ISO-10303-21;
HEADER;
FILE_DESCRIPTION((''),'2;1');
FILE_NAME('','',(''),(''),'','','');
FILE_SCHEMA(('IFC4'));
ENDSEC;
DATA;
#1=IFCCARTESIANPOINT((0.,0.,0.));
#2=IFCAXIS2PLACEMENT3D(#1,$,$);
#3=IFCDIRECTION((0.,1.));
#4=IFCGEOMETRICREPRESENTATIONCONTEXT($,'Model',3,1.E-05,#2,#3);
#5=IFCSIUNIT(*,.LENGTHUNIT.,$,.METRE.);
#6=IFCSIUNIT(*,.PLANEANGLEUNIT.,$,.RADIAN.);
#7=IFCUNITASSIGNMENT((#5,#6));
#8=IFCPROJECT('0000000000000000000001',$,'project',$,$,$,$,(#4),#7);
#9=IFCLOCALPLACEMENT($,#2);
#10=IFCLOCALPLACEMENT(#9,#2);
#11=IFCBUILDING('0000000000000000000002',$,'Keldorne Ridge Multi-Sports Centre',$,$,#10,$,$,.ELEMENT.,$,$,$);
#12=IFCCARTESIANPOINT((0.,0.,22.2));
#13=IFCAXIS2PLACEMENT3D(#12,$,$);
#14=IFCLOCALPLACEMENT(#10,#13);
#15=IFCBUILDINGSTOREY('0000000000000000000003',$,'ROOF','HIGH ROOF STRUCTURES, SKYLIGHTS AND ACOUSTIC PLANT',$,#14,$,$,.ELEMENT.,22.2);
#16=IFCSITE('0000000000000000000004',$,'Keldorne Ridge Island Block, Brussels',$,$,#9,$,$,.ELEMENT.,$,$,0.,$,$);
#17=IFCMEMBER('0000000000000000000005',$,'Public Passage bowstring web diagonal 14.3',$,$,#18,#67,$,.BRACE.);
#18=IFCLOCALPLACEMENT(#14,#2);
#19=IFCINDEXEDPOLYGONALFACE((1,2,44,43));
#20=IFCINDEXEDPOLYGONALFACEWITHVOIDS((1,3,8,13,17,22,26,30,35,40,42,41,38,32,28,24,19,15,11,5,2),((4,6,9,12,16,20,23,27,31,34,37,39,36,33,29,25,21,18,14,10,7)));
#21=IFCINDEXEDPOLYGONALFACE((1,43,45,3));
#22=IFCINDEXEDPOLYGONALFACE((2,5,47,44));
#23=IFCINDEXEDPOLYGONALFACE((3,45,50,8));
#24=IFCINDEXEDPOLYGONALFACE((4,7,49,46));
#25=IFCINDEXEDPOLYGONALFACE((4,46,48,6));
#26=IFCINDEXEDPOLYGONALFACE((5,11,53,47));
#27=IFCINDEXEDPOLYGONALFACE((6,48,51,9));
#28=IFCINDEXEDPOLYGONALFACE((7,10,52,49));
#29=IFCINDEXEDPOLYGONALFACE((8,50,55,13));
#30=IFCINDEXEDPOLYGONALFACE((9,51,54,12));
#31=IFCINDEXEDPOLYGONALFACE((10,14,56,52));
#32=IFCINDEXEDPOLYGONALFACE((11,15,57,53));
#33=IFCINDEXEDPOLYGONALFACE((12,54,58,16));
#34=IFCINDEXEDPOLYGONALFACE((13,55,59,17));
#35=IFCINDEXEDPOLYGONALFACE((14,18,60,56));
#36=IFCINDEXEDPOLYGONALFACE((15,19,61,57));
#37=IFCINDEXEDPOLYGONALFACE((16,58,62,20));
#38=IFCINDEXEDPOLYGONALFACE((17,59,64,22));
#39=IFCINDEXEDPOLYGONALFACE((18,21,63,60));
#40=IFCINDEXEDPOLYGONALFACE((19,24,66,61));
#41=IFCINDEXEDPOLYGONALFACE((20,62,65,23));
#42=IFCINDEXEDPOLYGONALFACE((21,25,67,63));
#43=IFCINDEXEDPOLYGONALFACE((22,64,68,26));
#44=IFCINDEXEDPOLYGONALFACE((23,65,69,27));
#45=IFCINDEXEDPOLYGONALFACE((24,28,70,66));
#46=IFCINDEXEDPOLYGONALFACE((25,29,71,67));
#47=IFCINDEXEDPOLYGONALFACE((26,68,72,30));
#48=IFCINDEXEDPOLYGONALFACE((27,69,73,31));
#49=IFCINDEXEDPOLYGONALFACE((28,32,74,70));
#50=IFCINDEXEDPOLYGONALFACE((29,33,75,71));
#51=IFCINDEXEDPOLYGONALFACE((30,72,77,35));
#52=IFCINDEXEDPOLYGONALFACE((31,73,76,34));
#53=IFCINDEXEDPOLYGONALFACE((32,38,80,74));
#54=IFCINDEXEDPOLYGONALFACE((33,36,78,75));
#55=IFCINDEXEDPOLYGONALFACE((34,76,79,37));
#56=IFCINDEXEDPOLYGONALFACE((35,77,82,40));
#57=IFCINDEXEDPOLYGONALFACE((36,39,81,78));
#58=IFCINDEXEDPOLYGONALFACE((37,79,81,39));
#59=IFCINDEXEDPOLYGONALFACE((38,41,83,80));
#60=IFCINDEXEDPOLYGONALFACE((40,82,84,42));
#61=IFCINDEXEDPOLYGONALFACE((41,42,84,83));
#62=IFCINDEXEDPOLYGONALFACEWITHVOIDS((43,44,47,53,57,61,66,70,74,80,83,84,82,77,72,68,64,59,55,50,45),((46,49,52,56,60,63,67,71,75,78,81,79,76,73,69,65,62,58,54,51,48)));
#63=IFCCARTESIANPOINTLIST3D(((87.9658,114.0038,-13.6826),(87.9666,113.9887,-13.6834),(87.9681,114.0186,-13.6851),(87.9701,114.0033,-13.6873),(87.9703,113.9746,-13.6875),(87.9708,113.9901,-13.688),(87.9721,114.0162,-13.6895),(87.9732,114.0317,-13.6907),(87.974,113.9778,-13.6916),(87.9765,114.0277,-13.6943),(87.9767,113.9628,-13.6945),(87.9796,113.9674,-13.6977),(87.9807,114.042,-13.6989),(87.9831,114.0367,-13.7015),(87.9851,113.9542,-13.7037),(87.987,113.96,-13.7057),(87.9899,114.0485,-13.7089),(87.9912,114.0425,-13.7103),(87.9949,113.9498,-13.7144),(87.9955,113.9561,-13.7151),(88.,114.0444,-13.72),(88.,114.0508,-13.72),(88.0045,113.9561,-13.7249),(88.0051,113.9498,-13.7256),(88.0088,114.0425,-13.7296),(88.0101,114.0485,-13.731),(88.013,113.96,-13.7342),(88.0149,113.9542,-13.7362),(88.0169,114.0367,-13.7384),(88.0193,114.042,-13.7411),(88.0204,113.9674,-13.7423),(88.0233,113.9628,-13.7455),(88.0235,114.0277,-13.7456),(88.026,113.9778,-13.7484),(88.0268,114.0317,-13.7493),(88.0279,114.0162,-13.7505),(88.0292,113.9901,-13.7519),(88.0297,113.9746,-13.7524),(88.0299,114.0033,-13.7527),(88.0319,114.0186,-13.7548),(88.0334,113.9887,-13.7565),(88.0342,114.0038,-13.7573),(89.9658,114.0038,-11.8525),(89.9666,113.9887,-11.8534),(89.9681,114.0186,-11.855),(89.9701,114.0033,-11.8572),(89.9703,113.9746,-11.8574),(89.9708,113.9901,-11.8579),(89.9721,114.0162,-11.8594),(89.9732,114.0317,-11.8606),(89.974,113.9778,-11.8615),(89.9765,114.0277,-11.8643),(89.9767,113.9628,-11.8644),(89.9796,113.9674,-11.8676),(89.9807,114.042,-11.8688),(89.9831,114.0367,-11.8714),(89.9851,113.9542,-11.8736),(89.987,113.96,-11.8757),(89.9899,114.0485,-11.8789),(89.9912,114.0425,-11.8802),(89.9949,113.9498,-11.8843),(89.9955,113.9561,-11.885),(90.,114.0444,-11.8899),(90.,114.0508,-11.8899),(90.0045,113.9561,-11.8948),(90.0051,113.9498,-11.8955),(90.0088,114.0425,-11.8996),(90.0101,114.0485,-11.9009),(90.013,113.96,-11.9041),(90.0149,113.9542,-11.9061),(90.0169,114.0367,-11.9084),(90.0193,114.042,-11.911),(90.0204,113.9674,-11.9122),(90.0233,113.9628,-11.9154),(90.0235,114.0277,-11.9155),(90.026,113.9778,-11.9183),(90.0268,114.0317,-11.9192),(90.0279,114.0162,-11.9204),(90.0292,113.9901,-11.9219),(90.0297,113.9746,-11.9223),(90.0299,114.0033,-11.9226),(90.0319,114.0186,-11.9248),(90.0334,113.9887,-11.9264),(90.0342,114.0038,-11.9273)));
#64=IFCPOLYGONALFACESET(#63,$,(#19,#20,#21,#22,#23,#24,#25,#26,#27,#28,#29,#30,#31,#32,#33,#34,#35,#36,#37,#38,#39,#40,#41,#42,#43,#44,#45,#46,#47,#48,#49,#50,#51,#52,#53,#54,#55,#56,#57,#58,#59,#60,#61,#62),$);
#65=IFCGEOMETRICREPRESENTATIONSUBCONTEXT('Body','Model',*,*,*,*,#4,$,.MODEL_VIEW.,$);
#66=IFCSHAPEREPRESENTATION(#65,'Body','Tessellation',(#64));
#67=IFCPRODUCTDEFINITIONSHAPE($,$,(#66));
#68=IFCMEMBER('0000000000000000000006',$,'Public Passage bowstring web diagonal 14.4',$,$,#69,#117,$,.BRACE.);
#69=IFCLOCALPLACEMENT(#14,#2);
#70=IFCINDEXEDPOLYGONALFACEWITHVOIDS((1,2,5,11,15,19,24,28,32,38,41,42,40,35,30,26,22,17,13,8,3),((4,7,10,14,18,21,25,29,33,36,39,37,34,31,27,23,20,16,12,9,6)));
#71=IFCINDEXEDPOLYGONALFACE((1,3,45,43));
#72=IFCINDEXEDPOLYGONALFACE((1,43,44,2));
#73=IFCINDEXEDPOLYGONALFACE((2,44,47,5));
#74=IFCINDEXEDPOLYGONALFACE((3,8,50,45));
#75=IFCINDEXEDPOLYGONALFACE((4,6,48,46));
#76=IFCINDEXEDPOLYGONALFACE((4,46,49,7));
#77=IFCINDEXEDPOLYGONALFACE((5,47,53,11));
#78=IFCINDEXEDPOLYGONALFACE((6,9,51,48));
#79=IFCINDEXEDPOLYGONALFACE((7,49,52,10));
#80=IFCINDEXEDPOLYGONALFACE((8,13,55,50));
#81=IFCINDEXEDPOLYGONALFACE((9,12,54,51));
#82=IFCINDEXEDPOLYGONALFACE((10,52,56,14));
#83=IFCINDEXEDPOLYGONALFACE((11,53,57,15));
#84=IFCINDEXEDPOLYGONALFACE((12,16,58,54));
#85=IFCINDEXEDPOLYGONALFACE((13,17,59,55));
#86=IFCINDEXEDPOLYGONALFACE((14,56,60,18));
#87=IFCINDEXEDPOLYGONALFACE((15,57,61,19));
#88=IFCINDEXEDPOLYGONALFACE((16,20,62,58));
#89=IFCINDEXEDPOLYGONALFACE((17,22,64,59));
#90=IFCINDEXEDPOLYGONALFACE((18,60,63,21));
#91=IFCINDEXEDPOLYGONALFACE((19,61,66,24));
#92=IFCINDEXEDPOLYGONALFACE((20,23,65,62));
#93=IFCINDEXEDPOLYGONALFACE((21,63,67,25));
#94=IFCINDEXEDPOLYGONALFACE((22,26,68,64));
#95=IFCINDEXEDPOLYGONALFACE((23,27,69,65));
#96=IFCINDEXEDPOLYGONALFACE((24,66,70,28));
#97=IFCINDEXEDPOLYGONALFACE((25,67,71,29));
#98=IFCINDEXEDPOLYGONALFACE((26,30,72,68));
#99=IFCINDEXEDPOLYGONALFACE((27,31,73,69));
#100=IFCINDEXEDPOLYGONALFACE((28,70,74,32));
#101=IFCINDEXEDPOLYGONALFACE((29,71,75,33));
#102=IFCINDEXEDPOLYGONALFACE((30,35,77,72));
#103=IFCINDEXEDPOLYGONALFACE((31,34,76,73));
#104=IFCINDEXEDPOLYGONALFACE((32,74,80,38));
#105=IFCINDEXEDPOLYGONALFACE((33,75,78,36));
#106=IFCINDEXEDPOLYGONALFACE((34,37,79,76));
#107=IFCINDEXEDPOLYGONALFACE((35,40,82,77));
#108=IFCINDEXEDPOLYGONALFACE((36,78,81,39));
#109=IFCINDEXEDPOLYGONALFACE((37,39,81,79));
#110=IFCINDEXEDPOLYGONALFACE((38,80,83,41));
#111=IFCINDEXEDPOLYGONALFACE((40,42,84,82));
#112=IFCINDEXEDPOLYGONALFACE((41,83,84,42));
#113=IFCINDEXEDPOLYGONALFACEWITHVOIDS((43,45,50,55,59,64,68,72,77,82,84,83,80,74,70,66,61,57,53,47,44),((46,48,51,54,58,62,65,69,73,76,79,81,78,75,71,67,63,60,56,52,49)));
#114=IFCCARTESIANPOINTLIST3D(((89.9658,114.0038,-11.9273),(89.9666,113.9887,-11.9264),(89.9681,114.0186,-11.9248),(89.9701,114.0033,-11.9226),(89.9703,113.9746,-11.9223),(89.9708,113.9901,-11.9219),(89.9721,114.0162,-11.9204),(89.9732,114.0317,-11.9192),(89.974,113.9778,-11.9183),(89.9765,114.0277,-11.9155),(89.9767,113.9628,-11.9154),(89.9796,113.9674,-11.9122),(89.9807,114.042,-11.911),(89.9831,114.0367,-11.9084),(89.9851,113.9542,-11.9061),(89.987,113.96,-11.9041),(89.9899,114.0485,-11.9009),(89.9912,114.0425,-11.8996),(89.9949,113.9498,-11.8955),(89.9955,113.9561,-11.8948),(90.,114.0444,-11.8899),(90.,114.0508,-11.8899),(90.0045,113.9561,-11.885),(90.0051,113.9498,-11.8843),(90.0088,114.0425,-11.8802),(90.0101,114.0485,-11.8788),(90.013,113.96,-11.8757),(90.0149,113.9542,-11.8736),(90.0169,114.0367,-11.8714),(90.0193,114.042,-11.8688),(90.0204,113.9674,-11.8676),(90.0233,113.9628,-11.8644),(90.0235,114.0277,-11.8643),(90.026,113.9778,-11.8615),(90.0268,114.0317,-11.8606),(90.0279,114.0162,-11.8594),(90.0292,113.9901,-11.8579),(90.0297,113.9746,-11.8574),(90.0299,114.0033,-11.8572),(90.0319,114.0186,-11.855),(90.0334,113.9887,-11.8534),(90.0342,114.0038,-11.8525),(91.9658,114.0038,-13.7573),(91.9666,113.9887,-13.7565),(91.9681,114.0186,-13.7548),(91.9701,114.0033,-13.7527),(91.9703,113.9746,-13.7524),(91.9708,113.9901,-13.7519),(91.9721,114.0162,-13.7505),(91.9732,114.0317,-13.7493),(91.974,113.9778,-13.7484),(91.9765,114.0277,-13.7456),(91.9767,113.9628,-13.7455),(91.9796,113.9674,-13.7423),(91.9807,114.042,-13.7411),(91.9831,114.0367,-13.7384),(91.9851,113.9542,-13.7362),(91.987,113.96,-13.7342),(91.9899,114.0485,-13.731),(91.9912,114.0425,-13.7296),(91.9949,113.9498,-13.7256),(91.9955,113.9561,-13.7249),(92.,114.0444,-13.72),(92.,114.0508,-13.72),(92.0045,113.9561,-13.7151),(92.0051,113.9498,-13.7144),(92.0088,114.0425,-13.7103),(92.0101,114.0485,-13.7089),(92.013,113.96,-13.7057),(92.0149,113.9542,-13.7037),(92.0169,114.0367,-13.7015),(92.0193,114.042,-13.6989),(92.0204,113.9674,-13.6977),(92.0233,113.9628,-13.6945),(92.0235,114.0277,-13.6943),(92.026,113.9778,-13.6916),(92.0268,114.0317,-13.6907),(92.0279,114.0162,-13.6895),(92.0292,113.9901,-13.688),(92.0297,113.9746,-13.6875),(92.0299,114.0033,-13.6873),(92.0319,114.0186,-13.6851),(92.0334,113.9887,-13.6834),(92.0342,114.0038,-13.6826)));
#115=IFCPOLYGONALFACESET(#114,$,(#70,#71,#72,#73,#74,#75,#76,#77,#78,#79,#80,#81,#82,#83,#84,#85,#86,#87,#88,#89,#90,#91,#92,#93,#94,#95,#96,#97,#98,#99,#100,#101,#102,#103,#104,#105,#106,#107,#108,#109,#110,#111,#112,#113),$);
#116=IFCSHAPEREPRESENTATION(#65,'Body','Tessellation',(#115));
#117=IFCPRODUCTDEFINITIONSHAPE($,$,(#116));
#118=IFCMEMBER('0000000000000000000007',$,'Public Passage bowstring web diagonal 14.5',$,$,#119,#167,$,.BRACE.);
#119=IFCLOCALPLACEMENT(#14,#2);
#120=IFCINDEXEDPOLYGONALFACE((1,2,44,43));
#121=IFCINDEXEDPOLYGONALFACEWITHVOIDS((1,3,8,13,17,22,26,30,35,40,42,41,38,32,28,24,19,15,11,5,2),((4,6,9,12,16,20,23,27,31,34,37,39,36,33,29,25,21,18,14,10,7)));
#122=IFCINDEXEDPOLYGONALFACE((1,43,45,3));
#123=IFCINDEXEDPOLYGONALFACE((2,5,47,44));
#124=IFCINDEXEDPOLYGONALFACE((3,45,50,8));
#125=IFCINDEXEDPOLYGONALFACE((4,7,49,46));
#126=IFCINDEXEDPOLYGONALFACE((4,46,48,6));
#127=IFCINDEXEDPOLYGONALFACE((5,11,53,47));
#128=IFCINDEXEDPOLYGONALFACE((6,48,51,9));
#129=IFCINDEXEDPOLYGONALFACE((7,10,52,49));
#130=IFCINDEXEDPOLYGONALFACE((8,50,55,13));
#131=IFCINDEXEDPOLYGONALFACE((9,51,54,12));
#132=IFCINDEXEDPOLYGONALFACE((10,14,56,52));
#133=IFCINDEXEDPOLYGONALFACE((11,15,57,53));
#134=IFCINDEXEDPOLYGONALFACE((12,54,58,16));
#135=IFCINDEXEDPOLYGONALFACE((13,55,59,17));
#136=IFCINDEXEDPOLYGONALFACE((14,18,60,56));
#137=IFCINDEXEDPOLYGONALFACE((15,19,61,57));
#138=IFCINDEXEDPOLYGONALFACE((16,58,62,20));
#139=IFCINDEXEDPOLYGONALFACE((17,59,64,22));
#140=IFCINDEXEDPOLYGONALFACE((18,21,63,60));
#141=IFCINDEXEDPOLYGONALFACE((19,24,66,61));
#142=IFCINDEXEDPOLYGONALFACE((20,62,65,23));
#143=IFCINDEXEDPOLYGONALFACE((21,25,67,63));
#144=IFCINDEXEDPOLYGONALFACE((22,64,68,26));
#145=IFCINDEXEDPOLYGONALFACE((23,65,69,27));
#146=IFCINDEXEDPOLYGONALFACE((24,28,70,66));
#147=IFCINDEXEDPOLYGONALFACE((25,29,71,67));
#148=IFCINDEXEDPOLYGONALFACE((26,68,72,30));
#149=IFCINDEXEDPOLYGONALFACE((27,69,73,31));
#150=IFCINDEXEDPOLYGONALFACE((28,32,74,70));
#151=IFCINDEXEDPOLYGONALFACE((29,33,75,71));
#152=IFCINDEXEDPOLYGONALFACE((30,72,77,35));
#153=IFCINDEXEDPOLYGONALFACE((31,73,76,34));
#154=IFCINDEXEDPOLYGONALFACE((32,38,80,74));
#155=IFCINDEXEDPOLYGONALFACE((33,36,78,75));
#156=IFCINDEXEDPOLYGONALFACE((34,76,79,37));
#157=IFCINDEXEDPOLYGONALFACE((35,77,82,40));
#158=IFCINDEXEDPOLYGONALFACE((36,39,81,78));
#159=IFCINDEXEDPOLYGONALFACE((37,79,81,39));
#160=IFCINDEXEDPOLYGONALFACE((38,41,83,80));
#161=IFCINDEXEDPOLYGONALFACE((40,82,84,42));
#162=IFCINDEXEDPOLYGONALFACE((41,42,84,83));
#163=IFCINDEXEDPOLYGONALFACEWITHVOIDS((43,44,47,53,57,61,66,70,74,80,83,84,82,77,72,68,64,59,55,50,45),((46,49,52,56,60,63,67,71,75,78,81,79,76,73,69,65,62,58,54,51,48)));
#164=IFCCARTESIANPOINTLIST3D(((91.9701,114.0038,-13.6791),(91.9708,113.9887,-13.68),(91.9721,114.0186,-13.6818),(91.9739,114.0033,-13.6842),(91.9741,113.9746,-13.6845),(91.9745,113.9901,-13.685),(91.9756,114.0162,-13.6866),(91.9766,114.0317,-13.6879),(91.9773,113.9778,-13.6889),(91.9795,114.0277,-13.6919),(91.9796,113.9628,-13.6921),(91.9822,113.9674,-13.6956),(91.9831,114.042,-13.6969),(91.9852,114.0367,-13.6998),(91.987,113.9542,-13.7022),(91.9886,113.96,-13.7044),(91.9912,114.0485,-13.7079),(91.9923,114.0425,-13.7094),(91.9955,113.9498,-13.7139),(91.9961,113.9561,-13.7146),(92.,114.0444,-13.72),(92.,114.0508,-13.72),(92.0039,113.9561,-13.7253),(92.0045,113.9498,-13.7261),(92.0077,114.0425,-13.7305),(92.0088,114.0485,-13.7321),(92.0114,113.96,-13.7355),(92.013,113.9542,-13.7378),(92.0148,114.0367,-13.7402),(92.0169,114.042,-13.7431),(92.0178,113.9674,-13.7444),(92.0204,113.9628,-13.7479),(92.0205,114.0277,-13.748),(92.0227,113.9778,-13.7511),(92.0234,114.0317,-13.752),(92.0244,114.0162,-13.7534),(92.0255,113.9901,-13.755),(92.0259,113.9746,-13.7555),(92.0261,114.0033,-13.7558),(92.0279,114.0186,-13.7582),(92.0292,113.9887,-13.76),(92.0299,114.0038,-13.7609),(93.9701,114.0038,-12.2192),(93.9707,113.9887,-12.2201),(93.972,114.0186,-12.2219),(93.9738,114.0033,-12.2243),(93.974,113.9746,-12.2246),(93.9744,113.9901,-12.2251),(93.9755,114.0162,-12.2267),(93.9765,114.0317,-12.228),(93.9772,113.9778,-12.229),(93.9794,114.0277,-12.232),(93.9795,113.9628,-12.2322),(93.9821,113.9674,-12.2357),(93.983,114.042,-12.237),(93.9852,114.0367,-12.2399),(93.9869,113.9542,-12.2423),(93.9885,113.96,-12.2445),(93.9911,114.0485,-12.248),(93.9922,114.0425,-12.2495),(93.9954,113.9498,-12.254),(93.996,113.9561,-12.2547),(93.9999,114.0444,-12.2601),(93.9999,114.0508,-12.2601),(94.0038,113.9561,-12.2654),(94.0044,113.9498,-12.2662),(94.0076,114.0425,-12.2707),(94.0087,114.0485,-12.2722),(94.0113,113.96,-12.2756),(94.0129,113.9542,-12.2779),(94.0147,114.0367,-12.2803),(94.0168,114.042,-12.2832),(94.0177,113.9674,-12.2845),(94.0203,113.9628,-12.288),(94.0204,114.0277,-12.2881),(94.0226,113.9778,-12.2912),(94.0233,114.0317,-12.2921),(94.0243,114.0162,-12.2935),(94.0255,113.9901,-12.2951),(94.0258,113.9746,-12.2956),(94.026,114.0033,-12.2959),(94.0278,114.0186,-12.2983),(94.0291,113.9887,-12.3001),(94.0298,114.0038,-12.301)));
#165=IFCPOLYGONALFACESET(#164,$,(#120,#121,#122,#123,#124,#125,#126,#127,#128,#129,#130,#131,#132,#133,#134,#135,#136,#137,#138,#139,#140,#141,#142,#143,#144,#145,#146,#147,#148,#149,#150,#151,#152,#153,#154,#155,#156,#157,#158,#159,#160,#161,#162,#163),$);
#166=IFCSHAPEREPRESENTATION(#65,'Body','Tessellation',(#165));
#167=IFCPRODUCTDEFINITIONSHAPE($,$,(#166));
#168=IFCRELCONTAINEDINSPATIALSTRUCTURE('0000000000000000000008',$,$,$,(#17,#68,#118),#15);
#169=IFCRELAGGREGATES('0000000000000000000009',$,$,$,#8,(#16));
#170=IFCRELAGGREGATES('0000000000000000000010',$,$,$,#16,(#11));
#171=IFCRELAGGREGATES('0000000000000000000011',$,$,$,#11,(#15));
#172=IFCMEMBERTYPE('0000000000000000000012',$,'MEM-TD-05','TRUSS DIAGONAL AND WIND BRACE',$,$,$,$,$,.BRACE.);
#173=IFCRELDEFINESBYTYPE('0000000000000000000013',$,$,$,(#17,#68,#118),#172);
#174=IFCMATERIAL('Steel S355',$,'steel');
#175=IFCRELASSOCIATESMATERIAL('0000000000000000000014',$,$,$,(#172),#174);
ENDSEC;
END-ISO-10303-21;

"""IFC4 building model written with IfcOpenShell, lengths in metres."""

from ifc_helpers import new_model, si_unit, direction, frame, origin, origin_2d, place, context, subcontext, project, spatial, hollow_circle, extrude, material, material_profile, profile_set, type_object, element, save


model = new_model("IFC4")

# Units and contexts
model_context = context("Model", 3, precision=1e-05, world=origin(), true_north=direction((0.0, 1.0)))
body_context = subcontext(model_context, "Body", "Model", "MODEL_VIEW")
ifc_project = project(units=[si_unit("LENGTHUNIT", "METRE"), si_unit("PLANEANGLEUNIT", "RADIAN")], contexts=[model_context])

# Site, building, storey
site_placement = place(None, origin())
site = spatial("IfcSite", under=ifc_project, at=site_placement, Name="Keldorne Ridge Island Block, Brussels", CompositionType="ELEMENT", RefElevation=0.0)
building_placement = place(site_placement, origin())
building = spatial("IfcBuilding", under=site, at=building_placement, Name="Keldorne Ridge Multi-Sports Centre", CompositionType="ELEMENT")
storey_placement = place(building_placement, frame((0.0, 0.0, 22.2)))
storey = spatial("IfcBuildingStorey", under=building, at=storey_placement, Name="ROOF", Description="HIGH ROOF STRUCTURES, SKYLIGHTS AND ACOUSTIC PLANT", CompositionType="ELEMENT", Elevation=22.2)

# Members
ifc_material = material(Name="Steel S355", Category="steel")
ifc_material_profile_1 = material_profile(ifc_material, hollow_circle(Radius=0.0508, WallThickness=0.0063, at=origin_2d()), Name="CHS 101.6x6.3")
ifc_profile_set_1 = profile_set([ifc_material_profile_1], Name="Steel S355")
member_type_1 = type_object("IfcMemberType", Name="MEM-TD-05", Description="TRUSS DIAGONAL AND WIND BRACE", PredefinedType="BRACE", material=ifc_profile_set_1)
for number, where, z_axis, x_axis, name in (
    (1, (88.0, 114.0, -13.72), (0.737752, 0.0, 0.675072), (0.0, 1.0, 0.0), "Public Passage bowstring web diagonal 14.3"),
    (2, (90.0, 114.0, -11.8899), (0.737752, 0.0, -0.675072), (0.0, 1.0, 0.0), "Public Passage bowstring web diagonal 14.4"),
):
    element("IfcMember", number, at=place(storey_placement, frame(where, z_axis=z_axis, x_axis=x_axis)), inside=storey, type_object=member_type_1, Name=name, PredefinedType="BRACE", context=body_context, shape_type="SweptSolid", body=[
        extrude(hollow_circle(Radius=0.0508, WallThickness=0.0063, at=origin_2d()), origin(), (0.0, 0.0, 1.0), 2.7109),
    ])
member_1_placement = place(storey_placement, frame((92.0, 114.0, -13.72), z_axis=(0.807695, 0.0, 0.589601), x_axis=(0.0, 1.0, 0.0)))
element("IfcMember", 3, at=member_1_placement, inside=storey, type_object=member_type_1, Name="Public Passage bowstring web diagonal 14.5", PredefinedType="BRACE", context=body_context, shape_type="SweptSolid", body=[
    extrude(hollow_circle(Radius=0.0508, WallThickness=0.0063, at=origin_2d()), origin(), (0.0, 0.0, 1.0), 2.4761),
])

save(model, "model.ifc")
